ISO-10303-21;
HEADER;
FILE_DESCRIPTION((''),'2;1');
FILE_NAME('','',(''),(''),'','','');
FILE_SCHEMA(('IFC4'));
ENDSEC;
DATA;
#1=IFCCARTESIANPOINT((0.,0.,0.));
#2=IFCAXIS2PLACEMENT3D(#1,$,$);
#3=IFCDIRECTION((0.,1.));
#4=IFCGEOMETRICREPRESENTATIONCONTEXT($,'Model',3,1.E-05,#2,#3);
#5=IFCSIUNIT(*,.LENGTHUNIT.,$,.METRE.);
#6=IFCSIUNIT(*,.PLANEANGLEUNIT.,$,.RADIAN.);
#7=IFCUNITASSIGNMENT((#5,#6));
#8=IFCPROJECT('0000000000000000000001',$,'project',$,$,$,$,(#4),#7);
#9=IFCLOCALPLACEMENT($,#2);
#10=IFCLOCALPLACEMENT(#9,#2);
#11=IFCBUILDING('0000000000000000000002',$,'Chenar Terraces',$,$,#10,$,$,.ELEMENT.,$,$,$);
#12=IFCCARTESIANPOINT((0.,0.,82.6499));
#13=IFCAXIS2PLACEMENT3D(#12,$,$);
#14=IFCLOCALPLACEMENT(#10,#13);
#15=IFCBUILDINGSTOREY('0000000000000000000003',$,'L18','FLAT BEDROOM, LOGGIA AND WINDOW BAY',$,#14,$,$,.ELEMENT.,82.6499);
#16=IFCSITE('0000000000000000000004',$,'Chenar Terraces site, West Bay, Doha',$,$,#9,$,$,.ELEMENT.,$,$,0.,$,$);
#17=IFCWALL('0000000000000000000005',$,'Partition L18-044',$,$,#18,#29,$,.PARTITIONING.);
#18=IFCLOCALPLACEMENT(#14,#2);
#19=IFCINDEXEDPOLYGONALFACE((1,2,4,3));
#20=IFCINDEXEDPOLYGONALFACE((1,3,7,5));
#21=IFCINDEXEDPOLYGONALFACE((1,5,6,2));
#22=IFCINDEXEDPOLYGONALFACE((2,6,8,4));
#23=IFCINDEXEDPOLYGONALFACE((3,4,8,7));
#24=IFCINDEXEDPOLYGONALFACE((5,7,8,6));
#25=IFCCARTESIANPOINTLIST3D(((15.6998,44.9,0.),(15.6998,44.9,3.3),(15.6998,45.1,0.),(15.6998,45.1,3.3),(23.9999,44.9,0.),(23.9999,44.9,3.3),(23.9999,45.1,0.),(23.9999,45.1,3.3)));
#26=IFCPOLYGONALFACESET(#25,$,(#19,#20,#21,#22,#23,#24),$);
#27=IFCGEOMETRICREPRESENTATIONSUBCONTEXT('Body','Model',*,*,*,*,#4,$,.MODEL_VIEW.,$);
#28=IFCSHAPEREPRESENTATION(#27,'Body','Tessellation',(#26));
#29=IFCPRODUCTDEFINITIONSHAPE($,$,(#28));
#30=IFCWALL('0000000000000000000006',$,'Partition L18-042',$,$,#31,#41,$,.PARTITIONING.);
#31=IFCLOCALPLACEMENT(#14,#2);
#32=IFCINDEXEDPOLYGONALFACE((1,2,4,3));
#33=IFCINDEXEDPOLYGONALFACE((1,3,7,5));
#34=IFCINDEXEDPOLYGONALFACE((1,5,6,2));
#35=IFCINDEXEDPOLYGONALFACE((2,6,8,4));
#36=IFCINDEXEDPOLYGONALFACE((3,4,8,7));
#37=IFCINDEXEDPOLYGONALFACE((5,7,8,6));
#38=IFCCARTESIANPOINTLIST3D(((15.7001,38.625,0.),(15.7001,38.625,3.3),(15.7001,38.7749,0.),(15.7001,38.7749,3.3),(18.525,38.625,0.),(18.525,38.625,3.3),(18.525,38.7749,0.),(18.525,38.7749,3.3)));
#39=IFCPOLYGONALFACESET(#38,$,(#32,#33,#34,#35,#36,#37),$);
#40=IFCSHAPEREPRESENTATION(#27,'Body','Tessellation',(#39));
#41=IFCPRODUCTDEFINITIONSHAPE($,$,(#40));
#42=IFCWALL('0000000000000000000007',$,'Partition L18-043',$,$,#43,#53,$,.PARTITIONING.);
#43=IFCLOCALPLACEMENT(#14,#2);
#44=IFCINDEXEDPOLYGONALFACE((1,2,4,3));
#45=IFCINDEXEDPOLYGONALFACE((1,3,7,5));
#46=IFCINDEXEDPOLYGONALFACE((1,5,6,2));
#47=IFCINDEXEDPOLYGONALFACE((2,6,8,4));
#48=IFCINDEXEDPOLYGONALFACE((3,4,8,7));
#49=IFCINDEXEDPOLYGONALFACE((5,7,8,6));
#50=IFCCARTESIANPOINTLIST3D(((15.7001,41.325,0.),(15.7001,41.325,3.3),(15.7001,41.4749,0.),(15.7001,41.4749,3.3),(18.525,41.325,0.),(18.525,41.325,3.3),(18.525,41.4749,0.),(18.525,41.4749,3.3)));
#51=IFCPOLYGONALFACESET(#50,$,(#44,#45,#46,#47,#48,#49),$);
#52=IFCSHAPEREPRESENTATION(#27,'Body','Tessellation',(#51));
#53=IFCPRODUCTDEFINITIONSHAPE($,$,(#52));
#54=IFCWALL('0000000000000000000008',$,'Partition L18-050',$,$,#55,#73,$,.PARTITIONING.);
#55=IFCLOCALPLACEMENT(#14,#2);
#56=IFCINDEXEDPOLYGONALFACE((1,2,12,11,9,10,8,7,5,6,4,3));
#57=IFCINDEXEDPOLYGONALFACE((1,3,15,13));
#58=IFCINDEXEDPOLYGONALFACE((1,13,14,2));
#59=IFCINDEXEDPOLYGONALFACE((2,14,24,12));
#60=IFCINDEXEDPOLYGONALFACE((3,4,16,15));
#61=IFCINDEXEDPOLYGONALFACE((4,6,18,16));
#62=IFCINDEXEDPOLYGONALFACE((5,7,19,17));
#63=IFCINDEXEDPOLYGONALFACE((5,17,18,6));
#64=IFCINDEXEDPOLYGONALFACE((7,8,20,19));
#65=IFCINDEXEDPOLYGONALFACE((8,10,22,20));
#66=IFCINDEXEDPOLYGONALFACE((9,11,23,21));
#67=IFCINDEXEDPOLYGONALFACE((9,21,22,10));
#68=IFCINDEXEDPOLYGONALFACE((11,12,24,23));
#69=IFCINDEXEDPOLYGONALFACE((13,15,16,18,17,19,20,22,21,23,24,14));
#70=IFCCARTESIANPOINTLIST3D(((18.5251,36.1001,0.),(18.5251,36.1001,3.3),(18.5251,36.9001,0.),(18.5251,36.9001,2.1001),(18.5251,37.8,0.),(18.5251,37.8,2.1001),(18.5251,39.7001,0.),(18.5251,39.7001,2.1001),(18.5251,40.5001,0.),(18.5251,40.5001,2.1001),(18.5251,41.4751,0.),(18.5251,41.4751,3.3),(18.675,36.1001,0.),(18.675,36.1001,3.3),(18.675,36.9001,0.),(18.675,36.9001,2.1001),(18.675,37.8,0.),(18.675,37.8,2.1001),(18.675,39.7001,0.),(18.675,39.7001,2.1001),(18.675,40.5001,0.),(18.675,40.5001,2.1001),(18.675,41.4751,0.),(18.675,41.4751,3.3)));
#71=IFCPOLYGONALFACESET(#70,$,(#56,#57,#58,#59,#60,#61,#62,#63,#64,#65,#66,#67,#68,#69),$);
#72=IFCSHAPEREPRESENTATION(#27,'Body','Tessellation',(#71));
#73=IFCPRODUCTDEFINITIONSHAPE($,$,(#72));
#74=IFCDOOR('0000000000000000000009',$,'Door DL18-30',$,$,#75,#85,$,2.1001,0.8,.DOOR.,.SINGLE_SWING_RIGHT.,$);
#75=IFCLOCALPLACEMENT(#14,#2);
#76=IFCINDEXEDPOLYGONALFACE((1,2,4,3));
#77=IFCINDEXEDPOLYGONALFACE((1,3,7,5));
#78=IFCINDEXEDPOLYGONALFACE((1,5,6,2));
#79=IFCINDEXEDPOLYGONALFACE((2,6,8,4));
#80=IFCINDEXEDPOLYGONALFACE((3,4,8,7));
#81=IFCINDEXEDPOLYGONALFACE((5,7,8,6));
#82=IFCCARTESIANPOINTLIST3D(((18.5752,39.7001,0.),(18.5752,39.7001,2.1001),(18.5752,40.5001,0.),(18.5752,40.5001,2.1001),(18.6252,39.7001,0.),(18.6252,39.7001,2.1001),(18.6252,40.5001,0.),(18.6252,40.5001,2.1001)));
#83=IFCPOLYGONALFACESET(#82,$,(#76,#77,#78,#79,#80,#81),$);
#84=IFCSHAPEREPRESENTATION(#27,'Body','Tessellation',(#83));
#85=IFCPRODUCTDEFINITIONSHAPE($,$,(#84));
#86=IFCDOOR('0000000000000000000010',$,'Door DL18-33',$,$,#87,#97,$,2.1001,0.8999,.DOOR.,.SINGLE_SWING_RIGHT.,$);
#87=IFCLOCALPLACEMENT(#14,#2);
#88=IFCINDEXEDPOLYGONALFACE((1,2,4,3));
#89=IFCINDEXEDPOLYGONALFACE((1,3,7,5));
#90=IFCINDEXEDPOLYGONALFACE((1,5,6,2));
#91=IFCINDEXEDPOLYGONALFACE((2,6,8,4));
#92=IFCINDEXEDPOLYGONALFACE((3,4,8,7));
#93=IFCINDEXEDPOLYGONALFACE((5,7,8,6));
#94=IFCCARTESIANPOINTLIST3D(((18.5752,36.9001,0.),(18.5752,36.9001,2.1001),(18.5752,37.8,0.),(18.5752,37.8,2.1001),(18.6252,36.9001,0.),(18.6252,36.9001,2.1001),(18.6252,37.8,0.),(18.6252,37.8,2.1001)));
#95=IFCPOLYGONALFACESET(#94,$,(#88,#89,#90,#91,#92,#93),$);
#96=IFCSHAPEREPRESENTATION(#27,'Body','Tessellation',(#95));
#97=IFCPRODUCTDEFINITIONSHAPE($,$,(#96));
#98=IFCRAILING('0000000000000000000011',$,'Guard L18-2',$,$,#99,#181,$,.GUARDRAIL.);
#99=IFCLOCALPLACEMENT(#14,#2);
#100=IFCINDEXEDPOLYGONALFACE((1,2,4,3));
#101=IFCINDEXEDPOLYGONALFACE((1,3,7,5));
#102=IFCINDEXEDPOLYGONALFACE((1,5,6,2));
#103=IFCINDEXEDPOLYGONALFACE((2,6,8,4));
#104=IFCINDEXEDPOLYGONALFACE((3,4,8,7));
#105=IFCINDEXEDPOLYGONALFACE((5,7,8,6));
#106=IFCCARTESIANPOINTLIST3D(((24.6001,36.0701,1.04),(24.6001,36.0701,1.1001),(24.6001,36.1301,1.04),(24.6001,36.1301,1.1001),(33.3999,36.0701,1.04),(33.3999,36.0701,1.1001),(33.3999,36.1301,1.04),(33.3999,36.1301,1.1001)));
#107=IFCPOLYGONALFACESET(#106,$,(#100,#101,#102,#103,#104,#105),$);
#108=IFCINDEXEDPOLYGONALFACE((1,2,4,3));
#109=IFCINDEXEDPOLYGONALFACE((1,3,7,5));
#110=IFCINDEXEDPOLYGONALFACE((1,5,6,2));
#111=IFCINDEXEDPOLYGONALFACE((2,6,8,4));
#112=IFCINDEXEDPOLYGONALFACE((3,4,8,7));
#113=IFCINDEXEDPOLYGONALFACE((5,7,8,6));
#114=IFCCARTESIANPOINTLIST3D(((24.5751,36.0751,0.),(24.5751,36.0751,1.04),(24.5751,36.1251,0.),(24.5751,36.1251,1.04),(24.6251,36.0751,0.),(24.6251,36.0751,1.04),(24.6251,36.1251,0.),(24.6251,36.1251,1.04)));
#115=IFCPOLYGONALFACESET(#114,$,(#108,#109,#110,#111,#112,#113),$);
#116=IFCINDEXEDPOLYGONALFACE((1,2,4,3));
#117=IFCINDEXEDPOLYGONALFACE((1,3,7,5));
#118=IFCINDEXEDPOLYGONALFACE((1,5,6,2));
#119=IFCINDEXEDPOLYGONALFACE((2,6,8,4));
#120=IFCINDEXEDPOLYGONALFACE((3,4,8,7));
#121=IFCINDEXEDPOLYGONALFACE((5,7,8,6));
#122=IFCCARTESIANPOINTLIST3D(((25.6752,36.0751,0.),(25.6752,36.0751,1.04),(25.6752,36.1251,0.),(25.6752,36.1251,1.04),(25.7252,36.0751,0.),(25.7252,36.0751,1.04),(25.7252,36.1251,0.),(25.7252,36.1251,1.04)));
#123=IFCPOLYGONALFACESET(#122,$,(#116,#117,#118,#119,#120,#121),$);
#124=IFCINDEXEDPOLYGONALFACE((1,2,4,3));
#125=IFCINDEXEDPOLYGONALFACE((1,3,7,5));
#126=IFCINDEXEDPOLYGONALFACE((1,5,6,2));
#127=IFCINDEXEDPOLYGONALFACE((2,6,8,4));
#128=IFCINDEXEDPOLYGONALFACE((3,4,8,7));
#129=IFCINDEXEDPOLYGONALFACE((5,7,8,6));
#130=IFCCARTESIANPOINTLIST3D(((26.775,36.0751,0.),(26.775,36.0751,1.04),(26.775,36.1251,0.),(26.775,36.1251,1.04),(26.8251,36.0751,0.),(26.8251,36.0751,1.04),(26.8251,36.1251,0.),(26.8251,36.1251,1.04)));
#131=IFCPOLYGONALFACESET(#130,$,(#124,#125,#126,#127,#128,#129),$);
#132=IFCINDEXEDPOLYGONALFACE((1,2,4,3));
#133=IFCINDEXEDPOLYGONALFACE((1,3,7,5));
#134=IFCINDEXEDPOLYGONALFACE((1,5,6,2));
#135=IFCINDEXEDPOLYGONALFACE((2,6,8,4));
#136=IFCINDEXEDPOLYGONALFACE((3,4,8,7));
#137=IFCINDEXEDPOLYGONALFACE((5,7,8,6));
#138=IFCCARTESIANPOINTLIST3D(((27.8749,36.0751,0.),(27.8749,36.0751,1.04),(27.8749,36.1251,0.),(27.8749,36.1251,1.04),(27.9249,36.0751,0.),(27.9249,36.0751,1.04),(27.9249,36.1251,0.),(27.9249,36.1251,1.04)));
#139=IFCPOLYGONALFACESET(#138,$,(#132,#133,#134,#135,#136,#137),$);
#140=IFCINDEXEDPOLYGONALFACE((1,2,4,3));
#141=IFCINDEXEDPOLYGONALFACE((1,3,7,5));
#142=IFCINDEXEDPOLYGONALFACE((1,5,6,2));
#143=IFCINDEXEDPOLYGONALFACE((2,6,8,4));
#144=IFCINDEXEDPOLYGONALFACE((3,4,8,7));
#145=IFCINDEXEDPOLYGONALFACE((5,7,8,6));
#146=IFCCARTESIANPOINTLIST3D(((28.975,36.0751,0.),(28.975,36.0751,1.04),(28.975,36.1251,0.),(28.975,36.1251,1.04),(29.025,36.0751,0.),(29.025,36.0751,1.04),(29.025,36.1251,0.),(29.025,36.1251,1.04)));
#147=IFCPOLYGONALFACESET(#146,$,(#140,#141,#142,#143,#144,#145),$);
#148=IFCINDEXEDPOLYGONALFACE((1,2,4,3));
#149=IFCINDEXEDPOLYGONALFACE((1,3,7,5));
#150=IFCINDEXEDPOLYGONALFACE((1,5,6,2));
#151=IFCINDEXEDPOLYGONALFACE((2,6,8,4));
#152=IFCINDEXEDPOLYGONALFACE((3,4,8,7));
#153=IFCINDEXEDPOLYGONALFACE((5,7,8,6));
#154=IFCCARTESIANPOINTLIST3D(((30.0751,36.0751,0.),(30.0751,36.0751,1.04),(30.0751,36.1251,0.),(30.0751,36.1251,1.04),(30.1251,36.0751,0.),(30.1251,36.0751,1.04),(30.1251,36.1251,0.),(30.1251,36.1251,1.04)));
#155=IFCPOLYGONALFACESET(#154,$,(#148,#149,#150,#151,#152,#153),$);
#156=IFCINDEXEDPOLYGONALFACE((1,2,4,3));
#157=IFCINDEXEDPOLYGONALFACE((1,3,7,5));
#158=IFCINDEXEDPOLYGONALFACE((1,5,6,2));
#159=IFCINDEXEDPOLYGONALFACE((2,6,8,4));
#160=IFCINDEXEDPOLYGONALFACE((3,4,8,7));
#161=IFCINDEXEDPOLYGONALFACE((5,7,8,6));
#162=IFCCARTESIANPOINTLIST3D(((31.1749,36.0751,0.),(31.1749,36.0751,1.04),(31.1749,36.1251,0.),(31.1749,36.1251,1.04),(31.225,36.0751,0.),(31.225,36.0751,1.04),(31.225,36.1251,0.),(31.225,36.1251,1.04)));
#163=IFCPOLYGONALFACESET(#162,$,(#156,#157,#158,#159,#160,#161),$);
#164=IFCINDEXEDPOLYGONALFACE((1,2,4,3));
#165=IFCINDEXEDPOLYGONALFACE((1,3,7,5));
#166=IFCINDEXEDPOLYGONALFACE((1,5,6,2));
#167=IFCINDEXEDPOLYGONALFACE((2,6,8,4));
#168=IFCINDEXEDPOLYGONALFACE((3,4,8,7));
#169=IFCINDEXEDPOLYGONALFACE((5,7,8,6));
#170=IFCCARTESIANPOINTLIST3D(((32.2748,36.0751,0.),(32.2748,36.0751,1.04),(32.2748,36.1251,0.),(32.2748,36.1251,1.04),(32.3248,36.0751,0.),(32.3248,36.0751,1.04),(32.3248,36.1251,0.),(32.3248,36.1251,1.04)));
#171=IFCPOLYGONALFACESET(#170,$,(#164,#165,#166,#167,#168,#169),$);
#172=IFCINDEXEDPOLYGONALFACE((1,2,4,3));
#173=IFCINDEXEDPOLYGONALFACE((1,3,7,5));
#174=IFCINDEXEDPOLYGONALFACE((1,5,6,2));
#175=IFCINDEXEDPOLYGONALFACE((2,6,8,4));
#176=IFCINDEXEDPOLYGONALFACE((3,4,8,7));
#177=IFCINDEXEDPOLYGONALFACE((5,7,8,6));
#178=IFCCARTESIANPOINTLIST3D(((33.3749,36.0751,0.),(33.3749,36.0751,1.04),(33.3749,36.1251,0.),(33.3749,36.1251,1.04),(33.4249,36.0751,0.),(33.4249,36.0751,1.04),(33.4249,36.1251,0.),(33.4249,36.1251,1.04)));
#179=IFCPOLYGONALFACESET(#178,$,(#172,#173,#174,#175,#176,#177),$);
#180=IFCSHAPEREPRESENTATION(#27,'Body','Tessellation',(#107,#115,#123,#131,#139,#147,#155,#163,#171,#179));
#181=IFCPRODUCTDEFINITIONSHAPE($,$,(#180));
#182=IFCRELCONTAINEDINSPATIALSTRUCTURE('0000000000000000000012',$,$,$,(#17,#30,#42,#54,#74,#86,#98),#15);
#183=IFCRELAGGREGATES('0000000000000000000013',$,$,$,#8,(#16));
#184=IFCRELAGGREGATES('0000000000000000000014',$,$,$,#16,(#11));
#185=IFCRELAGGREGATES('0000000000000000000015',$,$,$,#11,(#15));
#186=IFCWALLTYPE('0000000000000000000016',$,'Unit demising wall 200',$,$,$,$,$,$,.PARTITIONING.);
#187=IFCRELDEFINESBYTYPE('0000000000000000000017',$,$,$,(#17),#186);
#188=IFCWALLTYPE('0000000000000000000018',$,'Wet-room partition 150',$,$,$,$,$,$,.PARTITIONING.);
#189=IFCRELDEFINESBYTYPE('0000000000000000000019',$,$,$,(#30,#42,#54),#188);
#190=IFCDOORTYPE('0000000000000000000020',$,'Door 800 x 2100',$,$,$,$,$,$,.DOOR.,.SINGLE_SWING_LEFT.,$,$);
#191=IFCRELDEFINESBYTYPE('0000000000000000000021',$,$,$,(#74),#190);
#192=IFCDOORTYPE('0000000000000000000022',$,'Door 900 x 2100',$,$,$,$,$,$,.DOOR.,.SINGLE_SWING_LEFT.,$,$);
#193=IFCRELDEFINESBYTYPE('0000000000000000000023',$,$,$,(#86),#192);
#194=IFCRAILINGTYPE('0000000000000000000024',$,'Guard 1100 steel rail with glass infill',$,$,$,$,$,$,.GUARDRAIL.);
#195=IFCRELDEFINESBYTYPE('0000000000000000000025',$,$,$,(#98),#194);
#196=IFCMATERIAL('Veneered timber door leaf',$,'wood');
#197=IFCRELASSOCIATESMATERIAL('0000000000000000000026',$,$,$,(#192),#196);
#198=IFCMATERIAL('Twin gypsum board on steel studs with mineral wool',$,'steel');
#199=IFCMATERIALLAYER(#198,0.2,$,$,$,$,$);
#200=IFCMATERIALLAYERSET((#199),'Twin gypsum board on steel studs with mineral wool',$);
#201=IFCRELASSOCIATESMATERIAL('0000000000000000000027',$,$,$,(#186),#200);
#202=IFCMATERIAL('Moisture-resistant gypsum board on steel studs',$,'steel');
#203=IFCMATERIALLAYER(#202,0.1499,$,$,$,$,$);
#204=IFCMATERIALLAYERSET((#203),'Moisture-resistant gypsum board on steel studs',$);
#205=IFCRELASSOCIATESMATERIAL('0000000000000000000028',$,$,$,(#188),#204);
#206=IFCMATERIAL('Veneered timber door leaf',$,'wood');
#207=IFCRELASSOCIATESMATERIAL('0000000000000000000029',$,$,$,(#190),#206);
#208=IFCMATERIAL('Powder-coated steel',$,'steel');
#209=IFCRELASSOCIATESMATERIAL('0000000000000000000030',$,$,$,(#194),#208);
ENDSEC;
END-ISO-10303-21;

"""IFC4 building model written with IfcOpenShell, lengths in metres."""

from ifc_helpers import new_model, si_unit, direction, frame, frame_2d, origin, origin_2d, place, context, subcontext, project, spatial, rectangle, extrude, material, layer, layer_set, type_object, element, fill, save


model = new_model("IFC4")

# Units and contexts
model_context = context("Model", 3, precision=1e-05, world=origin(), true_north=direction((0.0, 1.0)))
body_context = subcontext(model_context, "Body", "Model", "MODEL_VIEW")
ifc_project = project(units=[si_unit("LENGTHUNIT", "METRE"), si_unit("PLANEANGLEUNIT", "RADIAN")], contexts=[model_context])

# Site, building, storey
site_placement = place(None, origin())
site = spatial("IfcSite", under=ifc_project, at=site_placement, Name="Chenar Terraces site, West Bay, Doha", CompositionType="ELEMENT", RefElevation=0.0)
building_placement = place(site_placement, origin())
building = spatial("IfcBuilding", under=site, at=building_placement, Name="Chenar Terraces", CompositionType="ELEMENT")
storey_placement = place(building_placement, frame((0.0, 0.0, 82.6499)))
storey = spatial("IfcBuildingStorey", under=building, at=storey_placement, Name="L18", Description="FLAT BEDROOM, LOGGIA AND WINDOW BAY", CompositionType="ELEMENT", Elevation=82.6499)

# Shared definitions
ifc_material_1 = material(Name="Veneered timber door leaf", Category="wood")
door_type_1 = type_object("IfcDoorType", Name="Door 900 x 2100", OperationType="SINGLE_SWING_LEFT", PredefinedType="DOOR", material=ifc_material_1)

# Walls
ifc_material_2 = material(Name="Twin gypsum board on steel studs with mineral wool", Category="steel")
ifc_layer_1 = layer(ifc_material_2, 0.2)
ifc_layer_set_1 = layer_set([ifc_layer_1], Name="Twin gypsum board on steel studs with mineral wool")
wall_type_1 = type_object("IfcWallType", Name="Unit demising wall 200", PredefinedType="PARTITIONING", material=ifc_layer_set_1)
for number, where, z_axis, x_axis, name in (
    (1, (15.7, 45.0, 0.0), (0.0, 0.0, 1.0), (1.0, 0.0, 0.0), "Partition L18-044"),
):
    element("IfcWall", number, at=place(storey_placement, frame(where, z_axis=z_axis, x_axis=x_axis)), inside=storey, type_object=wall_type_1, Name=name, PredefinedType="PARTITIONING", context=body_context, shape_type="SweptSolid", body=[
        extrude(rectangle(XDim=8.3, YDim=0.2, at=frame_2d((4.1499, 0.0))), origin(), (0.0, 0.0, 1.0), 3.3),
    ])
ifc_material_3 = material(Name="Moisture-resistant gypsum board on steel studs", Category="steel")
ifc_layer_2 = layer(ifc_material_3, 0.1499)
ifc_layer_set_2 = layer_set([ifc_layer_2], Name="Moisture-resistant gypsum board on steel studs")
wall_type_2 = type_object("IfcWallType", Name="Wet-room partition 150", PredefinedType="PARTITIONING", material=ifc_layer_set_2)
for number, where, z_axis, x_axis, name in (
    (2, (15.7, 38.7, 0.0), (0.0, 0.0, 1.0), (1.0, 0.0, 0.0), "Partition L18-042"),
    (3, (15.7, 41.3999, 0.0), (0.0, 0.0, 1.0), (1.0, 0.0, 0.0), "Partition L18-043"),
):
    element("IfcWall", number, at=place(storey_placement, frame(where, z_axis=z_axis, x_axis=x_axis)), inside=storey, type_object=wall_type_2, Name=name, PredefinedType="PARTITIONING", context=body_context, shape_type="SweptSolid", body=[
        extrude(rectangle(XDim=2.825, YDim=0.1499, at=frame_2d((1.4126, 0.0))), origin(), (0.0, 0.0, 1.0), 3.3),
    ])

# Wall, openings, doors
wall_1_placement = place(storey_placement, frame((18.6001, 36.1001, 0.0), z_axis=(0.0, 0.0, 1.0), x_axis=(0.0, 1.0, 0.0)))
wall_1 = element("IfcWall", 4, at=wall_1_placement, inside=storey, type_object=wall_type_2, Name="Partition L18-050", PredefinedType="PARTITIONING", context=body_context, shape_type="SweptSolid", body=[
    extrude(rectangle(XDim=5.375, YDim=0.1499, at=frame_2d((2.6875, 0.0))), origin(), (0.0, 0.0, 1.0), 3.3),
])
opening_1_placement = place(wall_1_placement, frame((3.6001, 0.0, 0.0)))
opening_1 = element("IfcOpeningElement", 5, at=opening_1_placement, cuts=wall_1, PredefinedType="OPENING", context=body_context, shape_type="SweptSolid", body=[
    extrude(rectangle(XDim=0.8, YDim=2.1001, at=frame_2d((0.3999, 1.05))), frame((0.0, 0.085, 0.0), z_axis=(0.0, -1.0, 0.0), x_axis=(1.0, 0.0, 0.0)), (0.0, 0.0, 1.0), 0.1699),
])
opening_2_placement = place(wall_1_placement, frame((0.8, 0.0, 0.0)))
opening_2 = element("IfcOpeningElement", 6, at=opening_2_placement, cuts=wall_1, PredefinedType="OPENING", context=body_context, shape_type="SweptSolid", body=[
    extrude(rectangle(XDim=0.8999, YDim=2.1001, at=frame_2d((0.45, 1.05))), frame((0.0, 0.085, 0.0), z_axis=(0.0, -1.0, 0.0), x_axis=(1.0, 0.0, 0.0)), (0.0, 0.0, 1.0), 0.1699),
])
ifc_material_4 = material(Name="Veneered timber door leaf", Category="wood")
door_type_2 = type_object("IfcDoorType", Name="Door 800 x 2100", OperationType="SINGLE_SWING_LEFT", PredefinedType="DOOR", material=ifc_material_4)
door_1_placement = place(opening_1_placement, origin())
door_1 = element("IfcDoor", 7, at=door_1_placement, inside=storey, type_object=door_type_2, Name="Door DL18-30", OperationType="SINGLE_SWING_RIGHT", OverallHeight=2.1001, OverallWidth=0.8, PredefinedType="DOOR", context=body_context, shape_type="SweptSolid", body=[
    extrude(rectangle(XDim=0.8, YDim=2.1001, at=frame_2d((0.3999, 1.05))), frame((0.0, 0.0249, 0.0), z_axis=(0.0, -1.0, 0.0), x_axis=(1.0, 0.0, 0.0)), (0.0, 0.0, 1.0), 0.05),
])
fill(opening_1, door_1)
door_2_placement = place(opening_2_placement, origin())
door_2 = element("IfcDoor", 8, at=door_2_placement, inside=storey, type_object=door_type_1, Name="Door DL18-33", OperationType="SINGLE_SWING_RIGHT", OverallHeight=2.1001, OverallWidth=0.8999, PredefinedType="DOOR", context=body_context, shape_type="SweptSolid", body=[
    extrude(rectangle(XDim=0.8999, YDim=2.1001, at=frame_2d((0.45, 1.05))), frame((0.0, 0.0249, 0.0), z_axis=(0.0, -1.0, 0.0), x_axis=(1.0, 0.0, 0.0)), (0.0, 0.0, 1.0), 0.05),
])
fill(opening_2, door_2)

# Railing
ifc_material_5 = material(Name="Powder-coated steel", Category="steel")
railing_type_1 = type_object("IfcRailingType", Name="Guard 1100 steel rail with glass infill", PredefinedType="GUARDRAIL", material=ifc_material_5)
railing_1_placement = place(storey_placement, frame((24.6001, 36.1001, 0.0)))
element("IfcRailing", 9, at=railing_1_placement, inside=storey, type_object=railing_type_1, Name="Guard L18-2", PredefinedType="GUARDRAIL", context=body_context, shape_type="SweptSolid", body=[
    extrude(rectangle(XDim=0.0601, YDim=0.0601, at=origin_2d()), frame((0.0, 0.0, 1.0701), z_axis=(1.0, 0.0, 0.0), x_axis=(0.0, 1.0, 0.0)), (0.0, 0.0, 1.0), 8.7998),
    extrude(rectangle(XDim=0.05, YDim=0.05, at=origin_2d()), origin(), (0.0, 0.0, 1.0), 1.04),
    extrude(rectangle(XDim=0.05, YDim=0.05, at=origin_2d()), frame((1.1001, 0.0, 0.0)), (0.0, 0.0, 1.0), 1.04),
    extrude(rectangle(XDim=0.05, YDim=0.05, at=origin_2d()), frame((2.2, 0.0, 0.0)), (0.0, 0.0, 1.0), 1.04),
    extrude(rectangle(XDim=0.05, YDim=0.05, at=origin_2d()), frame((3.2998, 0.0, 0.0)), (0.0, 0.0, 1.0), 1.04),
    extrude(rectangle(XDim=0.05, YDim=0.05, at=origin_2d()), frame((4.3999, 0.0, 0.0)), (0.0, 0.0, 1.0), 1.04),
    extrude(rectangle(XDim=0.05, YDim=0.05, at=origin_2d()), frame((5.5, 0.0, 0.0)), (0.0, 0.0, 1.0), 1.04),
    extrude(rectangle(XDim=0.05, YDim=0.05, at=origin_2d()), frame((6.5999, 0.0, 0.0)), (0.0, 0.0, 1.0), 1.04),
    extrude(rectangle(XDim=0.05, YDim=0.05, at=origin_2d()), frame((7.6997, 0.0, 0.0)), (0.0, 0.0, 1.0), 1.04),
    extrude(rectangle(XDim=0.05, YDim=0.05, at=origin_2d()), frame((8.7998, 0.0, 0.0)), (0.0, 0.0, 1.0), 1.04),
])

save(model, "model.ifc")
